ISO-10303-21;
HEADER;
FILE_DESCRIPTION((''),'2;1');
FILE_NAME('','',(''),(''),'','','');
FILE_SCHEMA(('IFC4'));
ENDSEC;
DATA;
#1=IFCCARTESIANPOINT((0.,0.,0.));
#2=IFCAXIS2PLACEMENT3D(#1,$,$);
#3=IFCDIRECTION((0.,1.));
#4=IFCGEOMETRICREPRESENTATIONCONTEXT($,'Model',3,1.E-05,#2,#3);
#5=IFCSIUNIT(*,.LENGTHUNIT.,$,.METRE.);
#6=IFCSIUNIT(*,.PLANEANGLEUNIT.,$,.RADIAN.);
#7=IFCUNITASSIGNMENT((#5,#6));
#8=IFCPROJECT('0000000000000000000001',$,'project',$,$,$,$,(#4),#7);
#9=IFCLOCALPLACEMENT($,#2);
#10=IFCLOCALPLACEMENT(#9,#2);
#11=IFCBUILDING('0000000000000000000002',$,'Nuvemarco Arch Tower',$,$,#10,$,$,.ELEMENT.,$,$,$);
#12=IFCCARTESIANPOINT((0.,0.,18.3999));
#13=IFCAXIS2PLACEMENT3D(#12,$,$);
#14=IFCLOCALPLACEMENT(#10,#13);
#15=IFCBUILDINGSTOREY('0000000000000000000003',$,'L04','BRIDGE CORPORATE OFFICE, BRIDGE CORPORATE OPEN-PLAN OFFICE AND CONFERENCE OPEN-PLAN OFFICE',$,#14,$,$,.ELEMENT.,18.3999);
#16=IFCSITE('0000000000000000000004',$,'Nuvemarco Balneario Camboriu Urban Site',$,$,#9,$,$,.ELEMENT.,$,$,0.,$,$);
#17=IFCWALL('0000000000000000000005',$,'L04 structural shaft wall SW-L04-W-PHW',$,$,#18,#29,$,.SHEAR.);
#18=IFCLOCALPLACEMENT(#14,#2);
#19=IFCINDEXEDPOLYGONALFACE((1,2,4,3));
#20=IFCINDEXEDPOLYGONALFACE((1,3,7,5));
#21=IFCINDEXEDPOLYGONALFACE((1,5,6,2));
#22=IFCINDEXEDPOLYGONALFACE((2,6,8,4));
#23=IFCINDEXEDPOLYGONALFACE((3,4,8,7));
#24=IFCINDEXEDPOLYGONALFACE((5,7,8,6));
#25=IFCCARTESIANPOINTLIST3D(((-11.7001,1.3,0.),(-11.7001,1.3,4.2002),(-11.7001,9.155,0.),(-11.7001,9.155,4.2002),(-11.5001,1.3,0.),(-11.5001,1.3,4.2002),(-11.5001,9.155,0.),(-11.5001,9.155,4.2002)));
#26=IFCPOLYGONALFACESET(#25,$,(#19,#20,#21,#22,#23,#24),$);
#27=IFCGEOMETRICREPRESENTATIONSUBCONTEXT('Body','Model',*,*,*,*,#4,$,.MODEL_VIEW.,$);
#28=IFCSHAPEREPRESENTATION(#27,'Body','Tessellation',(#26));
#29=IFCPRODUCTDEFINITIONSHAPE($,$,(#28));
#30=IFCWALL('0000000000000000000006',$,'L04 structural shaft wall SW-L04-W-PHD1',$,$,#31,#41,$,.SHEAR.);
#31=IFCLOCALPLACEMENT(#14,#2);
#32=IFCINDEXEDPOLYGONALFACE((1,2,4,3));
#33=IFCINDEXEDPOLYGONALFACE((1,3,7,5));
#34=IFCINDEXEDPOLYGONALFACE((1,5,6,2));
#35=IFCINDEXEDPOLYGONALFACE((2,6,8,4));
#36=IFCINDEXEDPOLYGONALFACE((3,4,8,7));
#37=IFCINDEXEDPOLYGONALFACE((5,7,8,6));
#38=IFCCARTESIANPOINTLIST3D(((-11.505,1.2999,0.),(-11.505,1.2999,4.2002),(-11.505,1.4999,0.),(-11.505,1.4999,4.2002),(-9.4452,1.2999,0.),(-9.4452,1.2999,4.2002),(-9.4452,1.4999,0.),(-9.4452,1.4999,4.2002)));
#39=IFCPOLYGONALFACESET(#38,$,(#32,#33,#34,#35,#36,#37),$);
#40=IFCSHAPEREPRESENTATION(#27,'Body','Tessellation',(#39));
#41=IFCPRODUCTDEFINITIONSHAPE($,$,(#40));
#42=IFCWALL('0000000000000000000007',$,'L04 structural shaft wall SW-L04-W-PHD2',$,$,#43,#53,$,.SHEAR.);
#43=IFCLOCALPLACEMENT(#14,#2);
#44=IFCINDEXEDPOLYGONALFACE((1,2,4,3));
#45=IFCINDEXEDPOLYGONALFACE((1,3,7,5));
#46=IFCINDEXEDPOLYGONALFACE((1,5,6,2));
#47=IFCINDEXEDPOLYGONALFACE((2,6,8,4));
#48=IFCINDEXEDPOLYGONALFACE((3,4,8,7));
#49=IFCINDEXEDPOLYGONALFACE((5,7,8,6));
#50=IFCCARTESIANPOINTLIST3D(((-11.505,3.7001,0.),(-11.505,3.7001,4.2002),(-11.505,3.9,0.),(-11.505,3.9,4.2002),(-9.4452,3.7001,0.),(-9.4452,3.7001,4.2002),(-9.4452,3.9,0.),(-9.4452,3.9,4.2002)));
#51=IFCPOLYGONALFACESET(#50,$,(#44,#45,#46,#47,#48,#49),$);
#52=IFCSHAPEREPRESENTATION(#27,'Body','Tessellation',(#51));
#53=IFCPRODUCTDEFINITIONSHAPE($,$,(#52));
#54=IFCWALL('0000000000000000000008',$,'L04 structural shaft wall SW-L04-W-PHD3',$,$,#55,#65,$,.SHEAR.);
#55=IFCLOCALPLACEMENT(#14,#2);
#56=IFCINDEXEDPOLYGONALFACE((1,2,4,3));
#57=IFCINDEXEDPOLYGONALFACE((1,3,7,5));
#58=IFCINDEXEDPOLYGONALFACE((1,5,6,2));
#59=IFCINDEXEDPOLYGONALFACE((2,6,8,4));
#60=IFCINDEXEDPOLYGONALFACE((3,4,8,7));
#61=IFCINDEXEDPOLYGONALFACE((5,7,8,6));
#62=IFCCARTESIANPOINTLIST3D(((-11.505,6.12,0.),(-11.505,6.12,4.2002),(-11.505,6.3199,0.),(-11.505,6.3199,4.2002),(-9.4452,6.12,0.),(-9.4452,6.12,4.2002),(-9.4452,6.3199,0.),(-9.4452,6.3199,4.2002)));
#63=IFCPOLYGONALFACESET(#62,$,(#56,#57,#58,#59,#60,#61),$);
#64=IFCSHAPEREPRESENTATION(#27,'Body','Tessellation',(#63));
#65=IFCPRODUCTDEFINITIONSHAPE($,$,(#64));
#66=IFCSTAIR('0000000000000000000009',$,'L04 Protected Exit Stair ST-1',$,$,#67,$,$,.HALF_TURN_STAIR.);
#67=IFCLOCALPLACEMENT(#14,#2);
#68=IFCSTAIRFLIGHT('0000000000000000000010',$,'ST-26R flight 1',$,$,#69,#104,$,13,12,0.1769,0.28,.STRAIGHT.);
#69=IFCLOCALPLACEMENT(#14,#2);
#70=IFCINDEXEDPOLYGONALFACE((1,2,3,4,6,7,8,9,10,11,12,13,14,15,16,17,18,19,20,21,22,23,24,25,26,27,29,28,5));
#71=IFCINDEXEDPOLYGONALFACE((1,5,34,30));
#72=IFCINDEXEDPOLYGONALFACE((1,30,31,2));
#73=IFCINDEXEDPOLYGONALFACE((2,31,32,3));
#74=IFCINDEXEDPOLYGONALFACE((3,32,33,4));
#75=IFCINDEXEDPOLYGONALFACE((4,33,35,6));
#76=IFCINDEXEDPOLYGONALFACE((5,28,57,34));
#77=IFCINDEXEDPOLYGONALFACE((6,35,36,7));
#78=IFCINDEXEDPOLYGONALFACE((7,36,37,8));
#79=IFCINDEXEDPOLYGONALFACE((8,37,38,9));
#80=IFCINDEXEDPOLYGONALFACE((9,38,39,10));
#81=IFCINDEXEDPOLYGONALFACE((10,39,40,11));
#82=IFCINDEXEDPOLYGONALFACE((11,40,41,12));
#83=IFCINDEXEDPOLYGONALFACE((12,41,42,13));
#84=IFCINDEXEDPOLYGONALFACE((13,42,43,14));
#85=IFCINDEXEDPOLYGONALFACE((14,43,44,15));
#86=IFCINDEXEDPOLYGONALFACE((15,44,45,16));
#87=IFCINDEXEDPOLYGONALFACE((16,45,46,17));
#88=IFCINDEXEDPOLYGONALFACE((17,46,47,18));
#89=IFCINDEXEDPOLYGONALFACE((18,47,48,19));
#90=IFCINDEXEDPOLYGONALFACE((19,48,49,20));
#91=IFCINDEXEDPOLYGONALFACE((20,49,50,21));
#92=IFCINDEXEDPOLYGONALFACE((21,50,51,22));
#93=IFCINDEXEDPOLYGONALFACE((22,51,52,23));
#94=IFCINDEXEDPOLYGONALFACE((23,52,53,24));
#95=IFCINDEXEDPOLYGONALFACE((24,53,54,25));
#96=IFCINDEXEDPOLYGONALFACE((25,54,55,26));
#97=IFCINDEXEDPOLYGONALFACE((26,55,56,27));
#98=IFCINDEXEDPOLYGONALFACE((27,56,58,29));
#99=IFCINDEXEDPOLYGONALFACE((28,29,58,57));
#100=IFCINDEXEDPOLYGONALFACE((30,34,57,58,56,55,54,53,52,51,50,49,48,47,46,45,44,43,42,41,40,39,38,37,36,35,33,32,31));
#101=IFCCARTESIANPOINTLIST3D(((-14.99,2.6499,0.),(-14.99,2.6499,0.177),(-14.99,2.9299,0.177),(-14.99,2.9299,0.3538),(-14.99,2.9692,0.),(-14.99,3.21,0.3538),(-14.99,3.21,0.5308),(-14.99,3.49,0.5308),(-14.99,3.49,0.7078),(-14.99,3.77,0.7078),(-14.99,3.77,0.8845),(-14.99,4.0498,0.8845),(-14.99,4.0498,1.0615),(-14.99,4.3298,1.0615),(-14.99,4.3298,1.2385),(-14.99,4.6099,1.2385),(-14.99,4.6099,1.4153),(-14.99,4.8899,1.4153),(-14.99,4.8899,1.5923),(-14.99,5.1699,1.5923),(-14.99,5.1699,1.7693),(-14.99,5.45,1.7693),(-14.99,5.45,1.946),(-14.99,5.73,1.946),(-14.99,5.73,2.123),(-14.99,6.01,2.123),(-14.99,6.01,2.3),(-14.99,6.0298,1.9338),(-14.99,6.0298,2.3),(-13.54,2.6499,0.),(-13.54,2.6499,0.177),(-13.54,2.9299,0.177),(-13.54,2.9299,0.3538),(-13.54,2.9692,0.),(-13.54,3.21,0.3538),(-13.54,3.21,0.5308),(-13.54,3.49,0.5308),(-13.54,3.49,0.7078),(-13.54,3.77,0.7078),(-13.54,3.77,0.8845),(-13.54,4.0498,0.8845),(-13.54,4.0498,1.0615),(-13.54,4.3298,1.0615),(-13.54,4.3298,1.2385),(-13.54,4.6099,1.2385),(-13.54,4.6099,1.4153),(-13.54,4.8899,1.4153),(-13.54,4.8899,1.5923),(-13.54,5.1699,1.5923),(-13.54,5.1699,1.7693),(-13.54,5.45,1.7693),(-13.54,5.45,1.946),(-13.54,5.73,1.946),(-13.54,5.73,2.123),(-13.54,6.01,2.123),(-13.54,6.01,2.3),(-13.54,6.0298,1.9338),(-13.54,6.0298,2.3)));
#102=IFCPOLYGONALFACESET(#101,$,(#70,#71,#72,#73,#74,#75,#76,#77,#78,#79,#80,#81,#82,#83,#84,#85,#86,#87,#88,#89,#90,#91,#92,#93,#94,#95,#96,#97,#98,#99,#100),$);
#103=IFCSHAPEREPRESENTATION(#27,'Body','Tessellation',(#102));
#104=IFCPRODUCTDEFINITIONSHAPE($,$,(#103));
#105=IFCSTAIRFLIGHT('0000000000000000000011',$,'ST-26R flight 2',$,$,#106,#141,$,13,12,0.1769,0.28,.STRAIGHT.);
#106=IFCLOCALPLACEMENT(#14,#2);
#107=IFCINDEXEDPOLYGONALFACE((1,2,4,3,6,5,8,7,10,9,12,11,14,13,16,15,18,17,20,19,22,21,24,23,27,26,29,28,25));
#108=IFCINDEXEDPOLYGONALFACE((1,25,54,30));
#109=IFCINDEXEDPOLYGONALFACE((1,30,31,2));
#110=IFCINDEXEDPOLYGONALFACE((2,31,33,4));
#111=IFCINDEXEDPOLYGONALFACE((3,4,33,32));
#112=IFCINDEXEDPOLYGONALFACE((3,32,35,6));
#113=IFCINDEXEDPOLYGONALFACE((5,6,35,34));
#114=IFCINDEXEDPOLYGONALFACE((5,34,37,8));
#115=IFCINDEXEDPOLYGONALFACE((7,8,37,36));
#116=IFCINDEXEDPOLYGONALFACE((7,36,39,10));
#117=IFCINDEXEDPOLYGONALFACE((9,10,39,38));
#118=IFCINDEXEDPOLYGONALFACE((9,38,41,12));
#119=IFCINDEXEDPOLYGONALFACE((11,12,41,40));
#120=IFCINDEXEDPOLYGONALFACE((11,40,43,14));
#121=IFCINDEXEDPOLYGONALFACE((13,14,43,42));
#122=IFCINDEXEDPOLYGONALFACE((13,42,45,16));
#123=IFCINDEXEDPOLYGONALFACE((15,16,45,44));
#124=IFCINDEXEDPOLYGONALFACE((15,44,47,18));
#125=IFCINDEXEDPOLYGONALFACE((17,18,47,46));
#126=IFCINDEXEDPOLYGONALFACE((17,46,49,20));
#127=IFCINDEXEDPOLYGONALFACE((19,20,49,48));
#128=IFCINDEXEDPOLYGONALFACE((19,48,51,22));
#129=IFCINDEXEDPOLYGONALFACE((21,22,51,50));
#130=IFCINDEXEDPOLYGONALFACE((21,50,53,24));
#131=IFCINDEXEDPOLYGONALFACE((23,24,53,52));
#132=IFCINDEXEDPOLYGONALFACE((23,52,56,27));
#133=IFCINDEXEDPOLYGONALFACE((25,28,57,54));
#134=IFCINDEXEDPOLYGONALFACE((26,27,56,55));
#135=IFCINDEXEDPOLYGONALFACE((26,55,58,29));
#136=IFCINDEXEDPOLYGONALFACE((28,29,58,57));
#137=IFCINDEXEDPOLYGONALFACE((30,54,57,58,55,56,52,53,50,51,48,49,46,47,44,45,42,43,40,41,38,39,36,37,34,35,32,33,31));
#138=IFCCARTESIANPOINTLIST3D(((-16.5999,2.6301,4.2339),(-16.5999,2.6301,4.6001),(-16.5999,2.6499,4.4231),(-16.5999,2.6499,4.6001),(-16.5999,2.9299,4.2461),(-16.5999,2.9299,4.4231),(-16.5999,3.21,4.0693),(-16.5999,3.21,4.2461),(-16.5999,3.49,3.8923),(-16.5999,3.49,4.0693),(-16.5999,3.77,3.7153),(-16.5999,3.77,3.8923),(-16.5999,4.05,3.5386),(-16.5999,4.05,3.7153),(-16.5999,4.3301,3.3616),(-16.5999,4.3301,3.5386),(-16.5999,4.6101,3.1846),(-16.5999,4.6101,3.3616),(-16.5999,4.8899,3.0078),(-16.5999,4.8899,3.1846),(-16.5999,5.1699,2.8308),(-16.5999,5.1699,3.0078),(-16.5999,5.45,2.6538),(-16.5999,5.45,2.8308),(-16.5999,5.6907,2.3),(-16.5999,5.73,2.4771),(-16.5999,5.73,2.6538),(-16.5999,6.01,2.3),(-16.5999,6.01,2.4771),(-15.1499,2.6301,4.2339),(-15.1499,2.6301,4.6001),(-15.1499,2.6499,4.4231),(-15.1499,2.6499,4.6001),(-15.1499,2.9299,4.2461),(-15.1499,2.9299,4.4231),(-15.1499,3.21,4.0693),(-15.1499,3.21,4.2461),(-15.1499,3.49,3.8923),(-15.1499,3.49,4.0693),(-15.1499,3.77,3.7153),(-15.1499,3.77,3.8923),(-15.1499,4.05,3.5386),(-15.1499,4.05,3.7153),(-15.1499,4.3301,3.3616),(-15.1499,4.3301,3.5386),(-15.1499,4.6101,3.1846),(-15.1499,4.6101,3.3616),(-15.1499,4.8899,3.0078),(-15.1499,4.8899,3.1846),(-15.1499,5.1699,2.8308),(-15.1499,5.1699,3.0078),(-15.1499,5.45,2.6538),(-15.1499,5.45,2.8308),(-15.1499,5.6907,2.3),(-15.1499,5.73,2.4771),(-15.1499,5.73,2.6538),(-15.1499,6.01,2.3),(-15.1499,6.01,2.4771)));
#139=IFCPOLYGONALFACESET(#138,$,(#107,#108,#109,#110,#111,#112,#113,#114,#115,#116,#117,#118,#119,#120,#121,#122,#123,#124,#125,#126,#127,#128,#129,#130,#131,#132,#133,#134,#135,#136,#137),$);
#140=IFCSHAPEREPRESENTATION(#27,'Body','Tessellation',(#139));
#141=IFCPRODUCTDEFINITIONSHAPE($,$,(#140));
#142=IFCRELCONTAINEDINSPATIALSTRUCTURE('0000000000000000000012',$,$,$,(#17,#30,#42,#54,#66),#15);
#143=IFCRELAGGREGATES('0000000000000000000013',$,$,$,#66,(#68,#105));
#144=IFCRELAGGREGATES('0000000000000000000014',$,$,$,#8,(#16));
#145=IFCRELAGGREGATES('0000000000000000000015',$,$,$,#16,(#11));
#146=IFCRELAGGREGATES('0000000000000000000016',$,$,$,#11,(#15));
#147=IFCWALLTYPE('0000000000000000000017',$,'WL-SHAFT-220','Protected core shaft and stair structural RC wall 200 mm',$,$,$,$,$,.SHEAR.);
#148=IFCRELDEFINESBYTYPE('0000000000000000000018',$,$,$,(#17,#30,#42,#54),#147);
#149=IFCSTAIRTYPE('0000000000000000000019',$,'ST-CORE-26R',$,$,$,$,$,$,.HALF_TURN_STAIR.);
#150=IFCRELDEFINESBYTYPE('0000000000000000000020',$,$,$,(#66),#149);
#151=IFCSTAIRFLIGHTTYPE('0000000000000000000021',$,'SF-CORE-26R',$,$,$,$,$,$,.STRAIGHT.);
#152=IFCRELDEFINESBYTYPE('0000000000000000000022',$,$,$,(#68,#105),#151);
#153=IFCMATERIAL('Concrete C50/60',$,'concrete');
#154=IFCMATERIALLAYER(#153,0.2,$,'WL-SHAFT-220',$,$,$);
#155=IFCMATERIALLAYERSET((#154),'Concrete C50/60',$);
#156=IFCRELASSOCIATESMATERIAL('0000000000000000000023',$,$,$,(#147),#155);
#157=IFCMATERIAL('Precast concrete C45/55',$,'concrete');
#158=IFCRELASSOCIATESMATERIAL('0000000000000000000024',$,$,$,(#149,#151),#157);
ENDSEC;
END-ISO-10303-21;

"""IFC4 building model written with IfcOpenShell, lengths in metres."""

from ifc_helpers import new_model, si_unit, direction, frame, frame_2d, origin, place, context, subcontext, project, spatial, polyline, rectangle, outline, extrude, material, layer, layer_set, type_object, element, aggregate, save


model = new_model("IFC4")

# Units and contexts
model_context = context("Model", 3, precision=1e-05, world=origin(), true_north=direction((0.0, 1.0)))
body_context = subcontext(model_context, "Body", "Model", "MODEL_VIEW")
ifc_project = project(units=[si_unit("LENGTHUNIT", "METRE"), si_unit("PLANEANGLEUNIT", "RADIAN")], contexts=[model_context])

# Site, building, storey
site_placement = place(None, origin())
site = spatial("IfcSite", under=ifc_project, at=site_placement, Name="Nuvemarco Balneario Camboriu Urban Site", CompositionType="ELEMENT", RefElevation=0.0)
building_placement = place(site_placement, origin())
building = spatial("IfcBuilding", under=site, at=building_placement, Name="Nuvemarco Arch Tower", CompositionType="ELEMENT")
storey_placement = place(building_placement, frame((0.0, 0.0, 18.3999)))
storey = spatial("IfcBuildingStorey", under=building, at=storey_placement, Name="L04", Description="BRIDGE CORPORATE OFFICE, BRIDGE CORPORATE OPEN-PLAN OFFICE AND CONFERENCE OPEN-PLAN OFFICE", CompositionType="ELEMENT", Elevation=18.3999)

# Shared definitions
ifc_material_1 = material(Name="Concrete C50/60", Category="concrete")
ifc_layer = layer(ifc_material_1, 0.2, Name="WL-SHAFT-220")
ifc_layer_set = layer_set([ifc_layer], Name="Concrete C50/60")
wall_type = type_object("IfcWallType", Name="WL-SHAFT-220", Description="Protected core shaft and stair structural RC wall 200 mm", PredefinedType="SHEAR", material=ifc_layer_set)

# Walls
wall_1_placement = place(storey_placement, frame((-11.6001, 1.3, 0.0), z_axis=(0.0, 0.0, 1.0), x_axis=(0.0, 1.0, 0.0)))
element("IfcWall", 1, at=wall_1_placement, inside=storey, type_object=wall_type, Name="L04 structural shaft wall SW-L04-W-PHW", PredefinedType="SHEAR", context=body_context, shape_type="SweptSolid", body=[
    extrude(rectangle(XDim=7.855, YDim=0.2, at=frame_2d((3.9275, 0.0))), origin(), (0.0, 0.0, 1.0), 4.2002),
])
for number, where, z_axis, x_axis, name in (
    (2, (-11.5049, 1.3999, 0.0), (0.0, 0.0, 1.0), (1.0, 0.0, 0.0), "L04 structural shaft wall SW-L04-W-PHD1"),
    (3, (-11.5049, 3.8, 0.0), (0.0, 0.0, 1.0), (1.0, 0.0, 0.0), "L04 structural shaft wall SW-L04-W-PHD2"),
    (4, (-11.5049, 6.22, 0.0), (0.0, 0.0, 1.0), (1.0, 0.0, 0.0), "L04 structural shaft wall SW-L04-W-PHD3"),
):
    element("IfcWall", number, at=place(storey_placement, frame(where, z_axis=z_axis, x_axis=x_axis)), inside=storey, type_object=wall_type, Name=name, PredefinedType="SHEAR", context=body_context, shape_type="SweptSolid", body=[
        extrude(rectangle(XDim=2.0598, YDim=0.2, at=frame_2d((1.0298, 0.0))), origin(), (0.0, 0.0, 1.0), 4.2002),
    ])

# Stair, stair flights
ifc_material_2 = material(Name="Precast concrete C45/55", Category="concrete")
stair_type = type_object("IfcStairType", Name="ST-CORE-26R", PredefinedType="HALF_TURN_STAIR", material=ifc_material_2)
stair_placement = place(storey_placement, origin())
stair = element("IfcStair", 5, at=stair_placement, inside=storey, type_object=stair_type, Name="L04 Protected Exit Stair ST-1", PredefinedType="HALF_TURN_STAIR")
stair_flight_type = type_object("IfcStairFlightType", Name="SF-CORE-26R", PredefinedType="STRAIGHT", material=ifc_material_2)
stair_flight_1_placement = place(storey_placement, frame((-14.2649, 2.6499, 0.0), z_axis=(0.0, 0.0, 1.0), x_axis=(0.0, 1.0, 0.0)))
stair_flight_1 = element("IfcStairFlight", 6, at=stair_flight_1_placement, type_object=stair_flight_type, Name="ST-26R flight 1", NumberOfRisers=13, NumberOfTreads=12, PredefinedType="STRAIGHT", RiserHeight=0.1769, TreadLength=0.28, context=body_context, shape_type="SweptSolid", body=[
    extrude(outline(polyline([(0.0, 0.0), (0.0, 0.177), (0.28, 0.177), (0.28, 0.3538), (0.5601, 0.3538), (0.5601, 0.5308), (0.8401, 0.5308), (0.8401, 0.7078), (1.1201, 0.7078), (1.1201, 0.8845), (1.3999, 0.8845), (1.3999, 1.0615), (1.6799, 1.0615), (1.6799, 1.2385), (1.96, 1.2385), (1.96, 1.4153), (2.24, 1.4153), (2.24, 1.5923), (2.52, 1.5923), (2.52, 1.7693), (2.8, 1.7693), (2.8, 1.946), (3.0801, 1.946), (3.0801, 2.123), (3.3601, 2.123), (3.3601, 2.3), (3.3799, 2.3), (3.3799, 1.9338), (0.3193, 0.0), (0.0, 0.0)])), frame((0.0, 0.7251, 0.0), z_axis=(0.0, -1.0, 0.0), x_axis=(1.0, 0.0, 0.0)), (0.0, 0.0, 1.0), 1.45),
])
stair_flight_2_placement = place(storey_placement, frame((-15.875, 6.01, 2.3), z_axis=(0.0, 0.0, 1.0), x_axis=(0.0, -1.0, 0.0)))
stair_flight_2 = element("IfcStairFlight", 7, at=stair_flight_2_placement, type_object=stair_flight_type, Name="ST-26R flight 2", NumberOfRisers=13, NumberOfTreads=12, PredefinedType="STRAIGHT", RiserHeight=0.1769, TreadLength=0.28, context=body_context, shape_type="SweptSolid", body=[
    extrude(outline(polyline([(0.0, 0.0), (0.0, 0.177), (0.28, 0.177), (0.28, 0.3538), (0.5601, 0.3538), (0.5601, 0.5308), (0.8401, 0.5308), (0.8401, 0.7078), (1.1201, 0.7078), (1.1201, 0.8845), (1.3999, 0.8845), (1.3999, 1.0615), (1.6799, 1.0615), (1.6799, 1.2385), (1.96, 1.2385), (1.96, 1.4153), (2.24, 1.4153), (2.24, 1.5923), (2.52, 1.5923), (2.52, 1.7693), (2.8, 1.7693), (2.8, 1.946), (3.0801, 1.946), (3.0801, 2.123), (3.3601, 2.123), (3.3601, 2.3), (3.3799, 2.3), (3.3799, 1.9338), (0.3193, 0.0), (0.0, 0.0)])), frame((0.0, 0.7251, 0.0), z_axis=(0.0, -1.0, 0.0), x_axis=(1.0, 0.0, 0.0)), (0.0, 0.0, 1.0), 1.45),
])
aggregate(stair, [stair_flight_1, stair_flight_2])

save(model, "model.ifc")
